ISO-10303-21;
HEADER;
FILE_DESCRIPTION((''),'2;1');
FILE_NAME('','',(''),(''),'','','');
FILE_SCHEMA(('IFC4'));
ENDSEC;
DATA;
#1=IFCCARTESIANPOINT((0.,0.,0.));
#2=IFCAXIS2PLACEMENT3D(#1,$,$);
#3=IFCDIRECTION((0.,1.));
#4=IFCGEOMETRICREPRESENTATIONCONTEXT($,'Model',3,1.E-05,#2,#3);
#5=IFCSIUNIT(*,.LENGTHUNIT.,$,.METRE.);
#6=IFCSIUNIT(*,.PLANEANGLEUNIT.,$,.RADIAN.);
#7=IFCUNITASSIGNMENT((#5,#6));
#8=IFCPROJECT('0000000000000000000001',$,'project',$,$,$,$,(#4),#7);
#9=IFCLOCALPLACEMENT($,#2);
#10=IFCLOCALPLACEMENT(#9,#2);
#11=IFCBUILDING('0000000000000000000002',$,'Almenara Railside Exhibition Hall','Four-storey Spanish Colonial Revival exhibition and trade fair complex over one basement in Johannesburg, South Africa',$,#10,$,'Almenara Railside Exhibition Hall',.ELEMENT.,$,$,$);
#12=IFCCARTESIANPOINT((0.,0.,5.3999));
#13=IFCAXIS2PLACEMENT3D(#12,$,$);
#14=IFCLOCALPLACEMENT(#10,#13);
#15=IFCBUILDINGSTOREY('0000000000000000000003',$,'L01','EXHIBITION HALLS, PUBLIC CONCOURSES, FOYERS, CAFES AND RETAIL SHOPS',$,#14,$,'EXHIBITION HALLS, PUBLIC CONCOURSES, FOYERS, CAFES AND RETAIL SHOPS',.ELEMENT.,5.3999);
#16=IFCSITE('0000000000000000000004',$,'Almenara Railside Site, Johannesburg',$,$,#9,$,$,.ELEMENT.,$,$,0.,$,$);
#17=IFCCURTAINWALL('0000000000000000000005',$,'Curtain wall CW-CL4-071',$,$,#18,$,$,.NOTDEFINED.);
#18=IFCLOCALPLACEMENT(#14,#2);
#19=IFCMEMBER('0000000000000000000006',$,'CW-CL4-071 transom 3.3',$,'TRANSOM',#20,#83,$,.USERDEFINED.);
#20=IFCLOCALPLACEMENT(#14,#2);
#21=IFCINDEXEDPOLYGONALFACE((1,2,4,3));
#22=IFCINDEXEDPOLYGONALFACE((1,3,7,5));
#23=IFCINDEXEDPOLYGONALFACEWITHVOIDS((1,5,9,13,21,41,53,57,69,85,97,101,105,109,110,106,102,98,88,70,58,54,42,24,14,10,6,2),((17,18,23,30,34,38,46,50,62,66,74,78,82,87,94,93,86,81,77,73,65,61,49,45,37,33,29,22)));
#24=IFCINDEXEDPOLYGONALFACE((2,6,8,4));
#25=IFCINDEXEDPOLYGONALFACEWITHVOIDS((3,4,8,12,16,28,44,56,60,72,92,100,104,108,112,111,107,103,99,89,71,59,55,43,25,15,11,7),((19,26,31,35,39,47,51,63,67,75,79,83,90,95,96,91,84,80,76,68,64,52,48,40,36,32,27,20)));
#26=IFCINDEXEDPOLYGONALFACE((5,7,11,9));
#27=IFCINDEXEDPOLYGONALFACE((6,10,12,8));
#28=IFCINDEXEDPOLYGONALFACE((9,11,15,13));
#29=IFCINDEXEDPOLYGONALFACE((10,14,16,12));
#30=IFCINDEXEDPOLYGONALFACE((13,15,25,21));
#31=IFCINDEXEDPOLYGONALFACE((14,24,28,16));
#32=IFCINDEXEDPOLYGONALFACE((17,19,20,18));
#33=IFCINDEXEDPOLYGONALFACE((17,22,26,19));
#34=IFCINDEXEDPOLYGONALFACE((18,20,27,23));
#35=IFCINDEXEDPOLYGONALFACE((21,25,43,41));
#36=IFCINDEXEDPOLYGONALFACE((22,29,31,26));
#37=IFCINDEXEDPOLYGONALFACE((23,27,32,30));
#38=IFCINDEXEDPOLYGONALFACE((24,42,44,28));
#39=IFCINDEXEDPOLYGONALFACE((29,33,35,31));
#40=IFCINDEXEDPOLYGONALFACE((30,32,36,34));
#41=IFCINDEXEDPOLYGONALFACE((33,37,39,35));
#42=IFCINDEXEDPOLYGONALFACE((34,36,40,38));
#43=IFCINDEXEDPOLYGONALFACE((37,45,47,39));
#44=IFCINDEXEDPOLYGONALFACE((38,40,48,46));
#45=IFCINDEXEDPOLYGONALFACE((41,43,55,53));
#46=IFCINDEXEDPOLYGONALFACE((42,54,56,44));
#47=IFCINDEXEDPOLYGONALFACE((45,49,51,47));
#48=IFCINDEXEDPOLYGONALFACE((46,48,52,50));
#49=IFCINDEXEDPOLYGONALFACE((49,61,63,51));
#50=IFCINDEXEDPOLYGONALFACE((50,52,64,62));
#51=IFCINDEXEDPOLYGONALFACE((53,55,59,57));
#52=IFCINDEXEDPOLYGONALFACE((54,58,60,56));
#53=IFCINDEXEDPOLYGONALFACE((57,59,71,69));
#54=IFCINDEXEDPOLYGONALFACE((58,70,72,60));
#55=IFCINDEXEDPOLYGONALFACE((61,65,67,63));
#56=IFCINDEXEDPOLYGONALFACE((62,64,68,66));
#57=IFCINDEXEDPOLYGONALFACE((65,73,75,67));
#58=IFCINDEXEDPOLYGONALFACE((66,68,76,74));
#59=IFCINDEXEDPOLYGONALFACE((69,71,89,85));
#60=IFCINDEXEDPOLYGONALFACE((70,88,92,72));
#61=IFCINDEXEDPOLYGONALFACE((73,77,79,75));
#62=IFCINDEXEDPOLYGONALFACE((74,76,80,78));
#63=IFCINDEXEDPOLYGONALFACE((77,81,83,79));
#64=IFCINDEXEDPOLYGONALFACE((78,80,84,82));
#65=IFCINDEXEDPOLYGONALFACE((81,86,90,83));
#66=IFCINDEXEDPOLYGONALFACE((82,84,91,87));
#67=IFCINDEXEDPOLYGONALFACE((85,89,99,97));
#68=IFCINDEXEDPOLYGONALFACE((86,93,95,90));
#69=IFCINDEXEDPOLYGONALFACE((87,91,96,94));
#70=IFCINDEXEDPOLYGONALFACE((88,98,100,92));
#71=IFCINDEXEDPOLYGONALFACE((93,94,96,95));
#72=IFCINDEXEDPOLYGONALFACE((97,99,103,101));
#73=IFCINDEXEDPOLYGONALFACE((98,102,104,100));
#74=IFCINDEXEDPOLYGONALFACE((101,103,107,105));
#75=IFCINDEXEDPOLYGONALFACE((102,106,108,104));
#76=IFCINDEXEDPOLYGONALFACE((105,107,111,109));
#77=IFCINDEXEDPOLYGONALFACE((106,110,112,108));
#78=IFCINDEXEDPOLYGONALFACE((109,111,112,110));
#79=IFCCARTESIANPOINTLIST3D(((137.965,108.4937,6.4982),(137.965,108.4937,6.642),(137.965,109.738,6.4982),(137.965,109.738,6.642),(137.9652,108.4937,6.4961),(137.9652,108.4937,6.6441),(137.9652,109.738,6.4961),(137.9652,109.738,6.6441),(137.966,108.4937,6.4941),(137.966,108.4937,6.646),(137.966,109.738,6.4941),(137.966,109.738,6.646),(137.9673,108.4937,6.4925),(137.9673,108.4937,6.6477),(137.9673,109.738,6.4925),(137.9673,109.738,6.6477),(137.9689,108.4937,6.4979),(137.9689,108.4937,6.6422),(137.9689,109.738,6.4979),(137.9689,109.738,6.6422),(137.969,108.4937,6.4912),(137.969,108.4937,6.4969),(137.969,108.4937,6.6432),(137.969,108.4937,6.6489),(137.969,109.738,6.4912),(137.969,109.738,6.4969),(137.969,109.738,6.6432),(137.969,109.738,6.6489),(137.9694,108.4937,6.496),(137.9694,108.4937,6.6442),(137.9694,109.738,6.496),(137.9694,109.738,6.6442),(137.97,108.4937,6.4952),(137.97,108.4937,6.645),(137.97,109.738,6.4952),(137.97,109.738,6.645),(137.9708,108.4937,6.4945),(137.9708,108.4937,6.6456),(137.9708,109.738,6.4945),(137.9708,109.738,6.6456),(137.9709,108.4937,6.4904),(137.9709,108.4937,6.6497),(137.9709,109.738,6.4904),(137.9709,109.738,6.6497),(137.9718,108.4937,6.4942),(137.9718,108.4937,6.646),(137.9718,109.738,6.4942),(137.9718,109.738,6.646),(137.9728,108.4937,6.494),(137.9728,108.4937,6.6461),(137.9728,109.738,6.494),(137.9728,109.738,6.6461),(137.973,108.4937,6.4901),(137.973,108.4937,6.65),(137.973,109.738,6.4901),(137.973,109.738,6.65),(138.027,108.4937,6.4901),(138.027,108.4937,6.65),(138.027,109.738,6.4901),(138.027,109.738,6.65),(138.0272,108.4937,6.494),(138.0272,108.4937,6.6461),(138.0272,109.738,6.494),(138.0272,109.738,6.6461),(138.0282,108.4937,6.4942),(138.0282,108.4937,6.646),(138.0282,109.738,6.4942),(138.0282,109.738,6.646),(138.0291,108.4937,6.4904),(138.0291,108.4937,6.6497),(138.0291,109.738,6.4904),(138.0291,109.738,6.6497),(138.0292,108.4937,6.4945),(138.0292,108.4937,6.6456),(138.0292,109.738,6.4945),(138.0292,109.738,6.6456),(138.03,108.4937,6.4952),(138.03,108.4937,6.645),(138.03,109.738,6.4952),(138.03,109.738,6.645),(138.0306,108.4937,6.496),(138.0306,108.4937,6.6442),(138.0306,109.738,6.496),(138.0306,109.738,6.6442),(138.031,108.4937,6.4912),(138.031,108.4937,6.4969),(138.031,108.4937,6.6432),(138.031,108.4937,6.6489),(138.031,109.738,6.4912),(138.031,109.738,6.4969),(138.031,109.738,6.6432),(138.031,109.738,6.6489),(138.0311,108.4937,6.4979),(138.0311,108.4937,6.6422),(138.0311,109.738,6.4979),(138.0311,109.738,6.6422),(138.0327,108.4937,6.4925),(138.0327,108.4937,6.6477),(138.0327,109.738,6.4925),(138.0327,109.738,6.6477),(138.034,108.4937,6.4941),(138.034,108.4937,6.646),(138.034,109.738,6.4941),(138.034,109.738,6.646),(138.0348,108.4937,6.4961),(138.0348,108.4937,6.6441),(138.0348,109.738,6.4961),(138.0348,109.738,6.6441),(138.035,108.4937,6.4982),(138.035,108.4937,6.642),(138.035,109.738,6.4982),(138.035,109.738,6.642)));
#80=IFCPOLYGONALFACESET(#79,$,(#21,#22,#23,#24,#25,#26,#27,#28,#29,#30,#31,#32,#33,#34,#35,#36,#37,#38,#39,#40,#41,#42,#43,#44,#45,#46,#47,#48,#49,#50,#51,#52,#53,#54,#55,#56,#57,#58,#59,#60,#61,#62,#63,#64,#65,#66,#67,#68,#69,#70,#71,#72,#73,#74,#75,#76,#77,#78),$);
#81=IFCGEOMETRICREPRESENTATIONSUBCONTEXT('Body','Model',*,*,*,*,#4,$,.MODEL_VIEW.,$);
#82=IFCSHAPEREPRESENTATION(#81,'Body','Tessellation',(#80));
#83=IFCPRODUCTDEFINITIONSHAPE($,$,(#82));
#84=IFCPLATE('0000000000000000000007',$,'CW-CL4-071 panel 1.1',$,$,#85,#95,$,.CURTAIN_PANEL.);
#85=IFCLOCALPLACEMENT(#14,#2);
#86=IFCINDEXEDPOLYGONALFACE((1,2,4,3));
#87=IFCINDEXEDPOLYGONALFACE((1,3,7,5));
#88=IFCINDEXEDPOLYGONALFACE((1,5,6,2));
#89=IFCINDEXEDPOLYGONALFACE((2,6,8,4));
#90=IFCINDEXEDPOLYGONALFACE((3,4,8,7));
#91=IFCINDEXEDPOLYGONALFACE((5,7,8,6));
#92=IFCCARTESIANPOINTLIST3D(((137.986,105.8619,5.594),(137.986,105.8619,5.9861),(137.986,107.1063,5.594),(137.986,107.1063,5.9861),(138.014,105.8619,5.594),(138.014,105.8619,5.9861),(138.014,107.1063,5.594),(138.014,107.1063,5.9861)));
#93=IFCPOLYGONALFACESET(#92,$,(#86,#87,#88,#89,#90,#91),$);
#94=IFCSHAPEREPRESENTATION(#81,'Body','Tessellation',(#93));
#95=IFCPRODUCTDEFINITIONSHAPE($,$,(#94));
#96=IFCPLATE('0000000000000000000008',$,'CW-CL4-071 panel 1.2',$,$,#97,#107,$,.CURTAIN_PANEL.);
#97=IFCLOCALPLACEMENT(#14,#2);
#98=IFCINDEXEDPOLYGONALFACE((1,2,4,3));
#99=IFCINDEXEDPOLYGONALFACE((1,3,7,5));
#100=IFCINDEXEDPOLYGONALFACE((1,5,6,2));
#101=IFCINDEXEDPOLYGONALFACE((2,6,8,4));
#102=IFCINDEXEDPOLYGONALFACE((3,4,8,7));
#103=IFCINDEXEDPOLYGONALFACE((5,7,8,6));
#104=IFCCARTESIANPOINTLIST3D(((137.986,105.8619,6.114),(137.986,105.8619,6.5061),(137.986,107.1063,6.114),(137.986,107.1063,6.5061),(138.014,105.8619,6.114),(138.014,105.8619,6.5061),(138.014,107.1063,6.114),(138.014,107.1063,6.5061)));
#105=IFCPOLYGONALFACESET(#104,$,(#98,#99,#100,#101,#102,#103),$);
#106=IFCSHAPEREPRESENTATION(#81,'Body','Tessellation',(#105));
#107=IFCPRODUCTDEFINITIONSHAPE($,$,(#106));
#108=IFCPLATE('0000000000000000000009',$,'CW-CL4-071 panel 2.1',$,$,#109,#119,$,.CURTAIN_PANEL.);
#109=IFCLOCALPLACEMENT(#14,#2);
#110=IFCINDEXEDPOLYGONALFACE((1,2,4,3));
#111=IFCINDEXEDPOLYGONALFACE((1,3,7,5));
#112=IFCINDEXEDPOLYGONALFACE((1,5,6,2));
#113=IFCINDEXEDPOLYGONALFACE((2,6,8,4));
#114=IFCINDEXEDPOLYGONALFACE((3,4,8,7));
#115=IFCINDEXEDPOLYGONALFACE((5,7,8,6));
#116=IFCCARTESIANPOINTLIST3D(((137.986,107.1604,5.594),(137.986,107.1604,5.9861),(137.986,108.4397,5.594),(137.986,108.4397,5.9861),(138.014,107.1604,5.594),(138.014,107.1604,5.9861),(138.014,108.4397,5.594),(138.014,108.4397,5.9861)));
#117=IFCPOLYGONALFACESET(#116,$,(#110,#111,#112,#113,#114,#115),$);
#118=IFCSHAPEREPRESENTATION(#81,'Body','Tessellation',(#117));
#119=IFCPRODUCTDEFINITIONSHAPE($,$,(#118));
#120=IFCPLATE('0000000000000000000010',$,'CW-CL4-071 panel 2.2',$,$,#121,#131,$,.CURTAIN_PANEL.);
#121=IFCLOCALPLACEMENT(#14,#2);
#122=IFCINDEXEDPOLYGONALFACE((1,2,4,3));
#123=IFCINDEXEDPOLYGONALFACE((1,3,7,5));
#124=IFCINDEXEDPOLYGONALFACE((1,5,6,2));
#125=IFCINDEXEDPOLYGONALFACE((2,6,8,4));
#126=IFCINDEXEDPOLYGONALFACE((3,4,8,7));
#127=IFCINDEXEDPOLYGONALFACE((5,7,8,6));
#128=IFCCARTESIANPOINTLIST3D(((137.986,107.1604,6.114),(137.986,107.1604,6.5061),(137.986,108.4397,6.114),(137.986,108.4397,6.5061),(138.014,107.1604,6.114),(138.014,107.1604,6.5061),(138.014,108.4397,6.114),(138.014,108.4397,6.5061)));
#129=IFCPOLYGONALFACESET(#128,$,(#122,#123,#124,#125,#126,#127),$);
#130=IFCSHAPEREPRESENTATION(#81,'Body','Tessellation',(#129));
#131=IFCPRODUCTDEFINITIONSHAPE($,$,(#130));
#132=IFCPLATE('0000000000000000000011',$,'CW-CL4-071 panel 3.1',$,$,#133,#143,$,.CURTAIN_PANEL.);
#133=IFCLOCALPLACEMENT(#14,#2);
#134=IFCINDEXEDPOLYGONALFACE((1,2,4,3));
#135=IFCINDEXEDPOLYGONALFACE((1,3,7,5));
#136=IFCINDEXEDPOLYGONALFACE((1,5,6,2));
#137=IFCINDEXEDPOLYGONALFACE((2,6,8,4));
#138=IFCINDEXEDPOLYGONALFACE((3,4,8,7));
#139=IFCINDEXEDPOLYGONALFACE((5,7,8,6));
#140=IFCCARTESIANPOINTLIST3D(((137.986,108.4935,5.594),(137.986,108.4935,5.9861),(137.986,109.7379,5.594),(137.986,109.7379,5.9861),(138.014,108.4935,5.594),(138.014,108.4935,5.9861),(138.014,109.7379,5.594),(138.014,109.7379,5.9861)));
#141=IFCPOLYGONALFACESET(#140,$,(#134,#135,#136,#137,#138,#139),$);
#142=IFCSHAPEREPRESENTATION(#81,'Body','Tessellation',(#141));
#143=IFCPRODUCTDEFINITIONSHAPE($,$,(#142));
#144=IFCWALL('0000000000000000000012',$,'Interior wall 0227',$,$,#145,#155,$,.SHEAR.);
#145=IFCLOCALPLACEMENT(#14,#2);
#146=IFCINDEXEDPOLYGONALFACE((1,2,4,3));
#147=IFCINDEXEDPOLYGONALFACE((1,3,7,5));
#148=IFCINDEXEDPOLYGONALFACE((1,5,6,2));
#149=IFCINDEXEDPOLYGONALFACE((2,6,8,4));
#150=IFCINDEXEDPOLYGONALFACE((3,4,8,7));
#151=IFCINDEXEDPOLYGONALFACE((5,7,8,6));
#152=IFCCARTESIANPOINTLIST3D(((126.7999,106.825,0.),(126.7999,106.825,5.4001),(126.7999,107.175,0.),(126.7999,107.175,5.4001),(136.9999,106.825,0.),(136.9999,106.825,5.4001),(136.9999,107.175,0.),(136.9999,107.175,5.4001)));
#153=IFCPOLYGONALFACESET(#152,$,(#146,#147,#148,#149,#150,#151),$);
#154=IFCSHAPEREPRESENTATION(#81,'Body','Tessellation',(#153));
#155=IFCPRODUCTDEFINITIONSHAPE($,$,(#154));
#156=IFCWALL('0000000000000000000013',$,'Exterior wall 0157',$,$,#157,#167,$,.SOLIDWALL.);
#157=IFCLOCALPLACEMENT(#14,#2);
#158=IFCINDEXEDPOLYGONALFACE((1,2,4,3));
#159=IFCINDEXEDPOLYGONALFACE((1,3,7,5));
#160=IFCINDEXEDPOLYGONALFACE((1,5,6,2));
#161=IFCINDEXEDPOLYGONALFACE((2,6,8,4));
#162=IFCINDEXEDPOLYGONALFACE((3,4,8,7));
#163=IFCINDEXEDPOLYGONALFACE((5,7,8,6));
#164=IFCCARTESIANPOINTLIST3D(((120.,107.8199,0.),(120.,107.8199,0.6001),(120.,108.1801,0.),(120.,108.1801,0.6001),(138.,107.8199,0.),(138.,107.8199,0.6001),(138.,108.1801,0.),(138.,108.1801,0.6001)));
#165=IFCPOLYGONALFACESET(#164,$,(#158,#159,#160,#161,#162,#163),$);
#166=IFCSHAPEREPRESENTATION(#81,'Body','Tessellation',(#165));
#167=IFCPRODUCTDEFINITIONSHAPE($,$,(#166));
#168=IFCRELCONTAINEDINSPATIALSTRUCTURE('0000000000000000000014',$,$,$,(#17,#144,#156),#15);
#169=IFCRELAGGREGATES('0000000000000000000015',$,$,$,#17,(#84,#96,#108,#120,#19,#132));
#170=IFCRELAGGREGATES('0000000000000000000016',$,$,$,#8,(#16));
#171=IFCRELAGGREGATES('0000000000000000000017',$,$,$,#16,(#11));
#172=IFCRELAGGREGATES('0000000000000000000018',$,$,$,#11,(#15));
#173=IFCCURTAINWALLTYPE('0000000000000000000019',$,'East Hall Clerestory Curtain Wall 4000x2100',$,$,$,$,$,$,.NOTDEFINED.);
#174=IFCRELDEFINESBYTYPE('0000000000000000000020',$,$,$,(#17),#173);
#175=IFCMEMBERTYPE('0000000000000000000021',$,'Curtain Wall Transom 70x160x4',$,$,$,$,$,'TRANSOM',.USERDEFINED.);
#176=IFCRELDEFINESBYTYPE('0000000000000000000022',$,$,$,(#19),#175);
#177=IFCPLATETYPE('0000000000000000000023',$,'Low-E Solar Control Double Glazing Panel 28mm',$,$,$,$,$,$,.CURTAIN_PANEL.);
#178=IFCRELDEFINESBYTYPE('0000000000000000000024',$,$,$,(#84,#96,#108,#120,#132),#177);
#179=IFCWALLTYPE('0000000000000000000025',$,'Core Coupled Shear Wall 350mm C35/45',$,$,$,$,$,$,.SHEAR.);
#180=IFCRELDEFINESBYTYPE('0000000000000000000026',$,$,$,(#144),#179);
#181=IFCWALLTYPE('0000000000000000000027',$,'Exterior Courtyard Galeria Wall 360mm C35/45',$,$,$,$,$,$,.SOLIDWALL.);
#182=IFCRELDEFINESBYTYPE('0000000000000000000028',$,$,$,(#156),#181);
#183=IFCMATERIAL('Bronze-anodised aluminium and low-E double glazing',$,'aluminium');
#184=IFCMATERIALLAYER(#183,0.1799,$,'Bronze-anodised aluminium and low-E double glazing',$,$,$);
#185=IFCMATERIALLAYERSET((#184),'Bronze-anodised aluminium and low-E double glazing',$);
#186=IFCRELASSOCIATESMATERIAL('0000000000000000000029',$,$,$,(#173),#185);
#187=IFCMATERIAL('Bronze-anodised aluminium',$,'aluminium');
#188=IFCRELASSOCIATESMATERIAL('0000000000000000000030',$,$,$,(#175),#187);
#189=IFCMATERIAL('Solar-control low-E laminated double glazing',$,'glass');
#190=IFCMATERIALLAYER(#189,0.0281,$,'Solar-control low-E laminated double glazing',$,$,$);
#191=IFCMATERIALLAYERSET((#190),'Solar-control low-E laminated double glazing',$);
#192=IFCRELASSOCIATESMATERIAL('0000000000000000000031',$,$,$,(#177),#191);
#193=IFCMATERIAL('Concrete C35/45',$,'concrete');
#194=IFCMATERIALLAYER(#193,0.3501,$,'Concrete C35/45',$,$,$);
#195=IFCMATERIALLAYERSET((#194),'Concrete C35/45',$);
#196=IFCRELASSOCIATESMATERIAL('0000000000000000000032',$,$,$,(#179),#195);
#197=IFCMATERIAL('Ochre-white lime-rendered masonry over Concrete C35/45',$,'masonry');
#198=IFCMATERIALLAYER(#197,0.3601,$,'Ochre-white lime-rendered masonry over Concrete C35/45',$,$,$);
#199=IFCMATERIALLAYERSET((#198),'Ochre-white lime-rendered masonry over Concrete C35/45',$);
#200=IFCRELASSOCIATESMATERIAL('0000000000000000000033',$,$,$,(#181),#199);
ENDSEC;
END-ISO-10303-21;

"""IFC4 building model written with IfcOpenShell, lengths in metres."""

from ifc_helpers import new_model, si_unit, direction, frame, frame_2d, origin, origin_2d, place, context, subcontext, project, spatial, rectangle, hollow_rectangle, extrude, material, layer, layer_set, material_profile, profile_set, type_object, element, aggregate, save


model = new_model("IFC4")

# Units and contexts
model_context = context("Model", 3, precision=1e-05, world=origin(), true_north=direction((0.0, 1.0)))
body_context = subcontext(model_context, "Body", "Model", "MODEL_VIEW")
ifc_project = project(units=[si_unit("LENGTHUNIT", "METRE"), si_unit("PLANEANGLEUNIT", "RADIAN")], contexts=[model_context])

# Site, building, storey
site_placement = place(None, origin())
site = spatial("IfcSite", under=ifc_project, at=site_placement, Name="Almenara Railside Site, Johannesburg", CompositionType="ELEMENT", RefElevation=0.0)
building_placement = place(site_placement, origin())
building = spatial("IfcBuilding", under=site, at=building_placement, Name="Almenara Railside Exhibition Hall", Description="Four-storey Spanish Colonial Revival exhibition and trade fair complex over one basement in Johannesburg, South Africa", LongName="Almenara Railside Exhibition Hall", CompositionType="ELEMENT")
storey_placement = place(building_placement, frame((0.0, 0.0, 5.3999)))
storey = spatial("IfcBuildingStorey", under=building, at=storey_placement, Name="L01", Description="EXHIBITION HALLS, PUBLIC CONCOURSES, FOYERS, CAFES AND RETAIL SHOPS", LongName="EXHIBITION HALLS, PUBLIC CONCOURSES, FOYERS, CAFES AND RETAIL SHOPS", CompositionType="ELEMENT", Elevation=5.3999)

# Shared definitions
ifc_material_1 = material(Name="Concrete C35/45", Category="concrete")

# Curtain wall
ifc_material_2 = material(Name="Bronze-anodised aluminium and low-E double glazing", Category="aluminium")
ifc_layer_1 = layer(ifc_material_2, 0.1799, Name="Bronze-anodised aluminium and low-E double glazing")
ifc_layer_set_1 = layer_set([ifc_layer_1], Name="Bronze-anodised aluminium and low-E double glazing")
curtain_wall_type_1 = type_object("IfcCurtainWallType", Name="East Hall Clerestory Curtain Wall 4000x2100", PredefinedType="NOTDEFINED", material=ifc_layer_set_1)
curtain_wall_1_placement = place(storey_placement, origin())
curtain_wall_1 = element("IfcCurtainWall", 1, at=curtain_wall_1_placement, inside=storey, type_object=curtain_wall_type_1, Name="Curtain wall CW-CL4-071", PredefinedType="NOTDEFINED")
ifc_material_3 = material(Name="Bronze-anodised aluminium", Category="aluminium")

# Member
ifc_material_profile_1 = material_profile(ifc_material_3, hollow_rectangle(XDim=0.0701, YDim=0.1599, WallThickness=0.0039, InnerFilletRadius=0.0039, OuterFilletRadius=0.0081, at=origin_2d()), Name="ALU-TRN 70x160x4")
ifc_profile_set_1 = profile_set([ifc_material_profile_1], Name="Bronze-anodised aluminium")
member_type_1 = type_object("IfcMemberType", Name="Curtain Wall Transom 70x160x4", ElementType="TRANSOM", PredefinedType="USERDEFINED", material=ifc_profile_set_1)
member_1_placement = place(storey_placement, frame((138.0, 108.4937, 6.5701), z_axis=(0.0, 1.0, 0.0), x_axis=(-1.0, 0.0, 0.0)))
member_1 = element("IfcMember", 2, at=member_1_placement, type_object=member_type_1, Name="CW-CL4-071 transom 3.3", ObjectType="TRANSOM", PredefinedType="USERDEFINED", context=body_context, shape_type="SweptSolid", body=[
    extrude(hollow_rectangle(XDim=0.0701, YDim=0.1599, WallThickness=0.0039, InnerFilletRadius=0.0039, OuterFilletRadius=0.0081, at=origin_2d()), origin(), (0.0, 0.0, 1.0), 1.2444),
])

# Plates
ifc_material_4 = material(Name="Solar-control low-E laminated double glazing", Category="glass")
ifc_layer_2 = layer(ifc_material_4, 0.0281, Name="Solar-control low-E laminated double glazing")
ifc_layer_set_2 = layer_set([ifc_layer_2], Name="Solar-control low-E laminated double glazing")
plate_type = type_object("IfcPlateType", Name="Low-E Solar Control Double Glazing Panel 28mm", PredefinedType="CURTAIN_PANEL", material=ifc_layer_set_2)
plate_1_placement = place(storey_placement, frame((138.0, 106.4841, 5.594), z_axis=(0.0, 0.0, 1.0), x_axis=(0.0, 1.0, 0.0)))
plate_1 = element("IfcPlate", 3, at=plate_1_placement, type_object=plate_type, Name="CW-CL4-071 panel 1.1", PredefinedType="CURTAIN_PANEL", context=body_context, shape_type="SweptSolid", body=[
    extrude(rectangle(XDim=1.2444, YDim=0.0281, at=origin_2d()), origin(), (0.0, 0.0, 1.0), 0.3921),
])
plate_2_placement = place(storey_placement, frame((138.0, 106.4841, 6.114), z_axis=(0.0, 0.0, 1.0), x_axis=(0.0, 1.0, 0.0)))
plate_2 = element("IfcPlate", 4, at=plate_2_placement, type_object=plate_type, Name="CW-CL4-071 panel 1.2", PredefinedType="CURTAIN_PANEL", context=body_context, shape_type="SweptSolid", body=[
    extrude(rectangle(XDim=1.2444, YDim=0.0281, at=origin_2d()), origin(), (0.0, 0.0, 1.0), 0.3921),
])
plate_3_placement = place(storey_placement, frame((138.0, 107.8, 5.594), z_axis=(0.0, 0.0, 1.0), x_axis=(0.0, 1.0, 0.0)))
plate_3 = element("IfcPlate", 5, at=plate_3_placement, type_object=plate_type, Name="CW-CL4-071 panel 2.1", PredefinedType="CURTAIN_PANEL", context=body_context, shape_type="SweptSolid", body=[
    extrude(rectangle(XDim=1.2793, YDim=0.0281, at=origin_2d()), origin(), (0.0, 0.0, 1.0), 0.3921),
])
plate_4_placement = place(storey_placement, frame((138.0, 107.8, 6.114), z_axis=(0.0, 0.0, 1.0), x_axis=(0.0, 1.0, 0.0)))
plate_4 = element("IfcPlate", 6, at=plate_4_placement, type_object=plate_type, Name="CW-CL4-071 panel 2.2", PredefinedType="CURTAIN_PANEL", context=body_context, shape_type="SweptSolid", body=[
    extrude(rectangle(XDim=1.2793, YDim=0.0281, at=origin_2d()), origin(), (0.0, 0.0, 1.0), 0.3921),
])
plate_5_placement = place(storey_placement, frame((138.0, 109.1157, 5.594), z_axis=(0.0, 0.0, 1.0), x_axis=(0.0, 1.0, 0.0)))
plate_5 = element("IfcPlate", 7, at=plate_5_placement, type_object=plate_type, Name="CW-CL4-071 panel 3.1", PredefinedType="CURTAIN_PANEL", context=body_context, shape_type="SweptSolid", body=[
    extrude(rectangle(XDim=1.2444, YDim=0.0281, at=origin_2d()), origin(), (0.0, 0.0, 1.0), 0.3921),
])
aggregate(curtain_wall_1, [plate_1, plate_2, plate_3, plate_4, member_1, plate_5])

# Walls
ifc_layer_3 = layer(ifc_material_1, 0.3501, Name="Concrete C35/45")
ifc_layer_set_3 = layer_set([ifc_layer_3], Name="Concrete C35/45")
wall_type_1 = type_object("IfcWallType", Name="Core Coupled Shear Wall 350mm C35/45", PredefinedType="SHEAR", material=ifc_layer_set_3)
wall_1_placement = place(storey_placement, frame((137.0, 107.0, 0.0), z_axis=(0.0, 0.0, 1.0), x_axis=(-1.0, 0.0, 0.0)))
element("IfcWall", 8, at=wall_1_placement, inside=storey, type_object=wall_type_1, Name="Interior wall 0227", PredefinedType="SHEAR", context=body_context, shape_type="SweptSolid", body=[
    extrude(rectangle(XDim=10.2, YDim=0.3501, at=frame_2d((5.1001, 0.0))), origin(), (0.0, 0.0, 1.0), 5.4001),
])
ifc_material_5 = material(Name="Ochre-white lime-rendered masonry over Concrete C35/45", Category="masonry")
ifc_layer_4 = layer(ifc_material_5, 0.3601, Name="Ochre-white lime-rendered masonry over Concrete C35/45")
ifc_layer_set_4 = layer_set([ifc_layer_4], Name="Ochre-white lime-rendered masonry over Concrete C35/45")
wall_type_2 = type_object("IfcWallType", Name="Exterior Courtyard Galeria Wall 360mm C35/45", PredefinedType="SOLIDWALL", material=ifc_layer_set_4)
wall_2_placement = place(storey_placement, frame((138.0, 108.0, 0.0), z_axis=(0.0, 0.0, 1.0), x_axis=(-1.0, 0.0, 0.0)))
element("IfcWall", 9, at=wall_2_placement, inside=storey, type_object=wall_type_2, Name="Exterior wall 0157", PredefinedType="SOLIDWALL", context=body_context, shape_type="SweptSolid", body=[
    extrude(rectangle(XDim=18.0, YDim=0.3601, at=frame_2d((9.0, 0.0))), origin(), (0.0, 0.0, 1.0), 0.6001),
])

save(model, "model.ifc")
